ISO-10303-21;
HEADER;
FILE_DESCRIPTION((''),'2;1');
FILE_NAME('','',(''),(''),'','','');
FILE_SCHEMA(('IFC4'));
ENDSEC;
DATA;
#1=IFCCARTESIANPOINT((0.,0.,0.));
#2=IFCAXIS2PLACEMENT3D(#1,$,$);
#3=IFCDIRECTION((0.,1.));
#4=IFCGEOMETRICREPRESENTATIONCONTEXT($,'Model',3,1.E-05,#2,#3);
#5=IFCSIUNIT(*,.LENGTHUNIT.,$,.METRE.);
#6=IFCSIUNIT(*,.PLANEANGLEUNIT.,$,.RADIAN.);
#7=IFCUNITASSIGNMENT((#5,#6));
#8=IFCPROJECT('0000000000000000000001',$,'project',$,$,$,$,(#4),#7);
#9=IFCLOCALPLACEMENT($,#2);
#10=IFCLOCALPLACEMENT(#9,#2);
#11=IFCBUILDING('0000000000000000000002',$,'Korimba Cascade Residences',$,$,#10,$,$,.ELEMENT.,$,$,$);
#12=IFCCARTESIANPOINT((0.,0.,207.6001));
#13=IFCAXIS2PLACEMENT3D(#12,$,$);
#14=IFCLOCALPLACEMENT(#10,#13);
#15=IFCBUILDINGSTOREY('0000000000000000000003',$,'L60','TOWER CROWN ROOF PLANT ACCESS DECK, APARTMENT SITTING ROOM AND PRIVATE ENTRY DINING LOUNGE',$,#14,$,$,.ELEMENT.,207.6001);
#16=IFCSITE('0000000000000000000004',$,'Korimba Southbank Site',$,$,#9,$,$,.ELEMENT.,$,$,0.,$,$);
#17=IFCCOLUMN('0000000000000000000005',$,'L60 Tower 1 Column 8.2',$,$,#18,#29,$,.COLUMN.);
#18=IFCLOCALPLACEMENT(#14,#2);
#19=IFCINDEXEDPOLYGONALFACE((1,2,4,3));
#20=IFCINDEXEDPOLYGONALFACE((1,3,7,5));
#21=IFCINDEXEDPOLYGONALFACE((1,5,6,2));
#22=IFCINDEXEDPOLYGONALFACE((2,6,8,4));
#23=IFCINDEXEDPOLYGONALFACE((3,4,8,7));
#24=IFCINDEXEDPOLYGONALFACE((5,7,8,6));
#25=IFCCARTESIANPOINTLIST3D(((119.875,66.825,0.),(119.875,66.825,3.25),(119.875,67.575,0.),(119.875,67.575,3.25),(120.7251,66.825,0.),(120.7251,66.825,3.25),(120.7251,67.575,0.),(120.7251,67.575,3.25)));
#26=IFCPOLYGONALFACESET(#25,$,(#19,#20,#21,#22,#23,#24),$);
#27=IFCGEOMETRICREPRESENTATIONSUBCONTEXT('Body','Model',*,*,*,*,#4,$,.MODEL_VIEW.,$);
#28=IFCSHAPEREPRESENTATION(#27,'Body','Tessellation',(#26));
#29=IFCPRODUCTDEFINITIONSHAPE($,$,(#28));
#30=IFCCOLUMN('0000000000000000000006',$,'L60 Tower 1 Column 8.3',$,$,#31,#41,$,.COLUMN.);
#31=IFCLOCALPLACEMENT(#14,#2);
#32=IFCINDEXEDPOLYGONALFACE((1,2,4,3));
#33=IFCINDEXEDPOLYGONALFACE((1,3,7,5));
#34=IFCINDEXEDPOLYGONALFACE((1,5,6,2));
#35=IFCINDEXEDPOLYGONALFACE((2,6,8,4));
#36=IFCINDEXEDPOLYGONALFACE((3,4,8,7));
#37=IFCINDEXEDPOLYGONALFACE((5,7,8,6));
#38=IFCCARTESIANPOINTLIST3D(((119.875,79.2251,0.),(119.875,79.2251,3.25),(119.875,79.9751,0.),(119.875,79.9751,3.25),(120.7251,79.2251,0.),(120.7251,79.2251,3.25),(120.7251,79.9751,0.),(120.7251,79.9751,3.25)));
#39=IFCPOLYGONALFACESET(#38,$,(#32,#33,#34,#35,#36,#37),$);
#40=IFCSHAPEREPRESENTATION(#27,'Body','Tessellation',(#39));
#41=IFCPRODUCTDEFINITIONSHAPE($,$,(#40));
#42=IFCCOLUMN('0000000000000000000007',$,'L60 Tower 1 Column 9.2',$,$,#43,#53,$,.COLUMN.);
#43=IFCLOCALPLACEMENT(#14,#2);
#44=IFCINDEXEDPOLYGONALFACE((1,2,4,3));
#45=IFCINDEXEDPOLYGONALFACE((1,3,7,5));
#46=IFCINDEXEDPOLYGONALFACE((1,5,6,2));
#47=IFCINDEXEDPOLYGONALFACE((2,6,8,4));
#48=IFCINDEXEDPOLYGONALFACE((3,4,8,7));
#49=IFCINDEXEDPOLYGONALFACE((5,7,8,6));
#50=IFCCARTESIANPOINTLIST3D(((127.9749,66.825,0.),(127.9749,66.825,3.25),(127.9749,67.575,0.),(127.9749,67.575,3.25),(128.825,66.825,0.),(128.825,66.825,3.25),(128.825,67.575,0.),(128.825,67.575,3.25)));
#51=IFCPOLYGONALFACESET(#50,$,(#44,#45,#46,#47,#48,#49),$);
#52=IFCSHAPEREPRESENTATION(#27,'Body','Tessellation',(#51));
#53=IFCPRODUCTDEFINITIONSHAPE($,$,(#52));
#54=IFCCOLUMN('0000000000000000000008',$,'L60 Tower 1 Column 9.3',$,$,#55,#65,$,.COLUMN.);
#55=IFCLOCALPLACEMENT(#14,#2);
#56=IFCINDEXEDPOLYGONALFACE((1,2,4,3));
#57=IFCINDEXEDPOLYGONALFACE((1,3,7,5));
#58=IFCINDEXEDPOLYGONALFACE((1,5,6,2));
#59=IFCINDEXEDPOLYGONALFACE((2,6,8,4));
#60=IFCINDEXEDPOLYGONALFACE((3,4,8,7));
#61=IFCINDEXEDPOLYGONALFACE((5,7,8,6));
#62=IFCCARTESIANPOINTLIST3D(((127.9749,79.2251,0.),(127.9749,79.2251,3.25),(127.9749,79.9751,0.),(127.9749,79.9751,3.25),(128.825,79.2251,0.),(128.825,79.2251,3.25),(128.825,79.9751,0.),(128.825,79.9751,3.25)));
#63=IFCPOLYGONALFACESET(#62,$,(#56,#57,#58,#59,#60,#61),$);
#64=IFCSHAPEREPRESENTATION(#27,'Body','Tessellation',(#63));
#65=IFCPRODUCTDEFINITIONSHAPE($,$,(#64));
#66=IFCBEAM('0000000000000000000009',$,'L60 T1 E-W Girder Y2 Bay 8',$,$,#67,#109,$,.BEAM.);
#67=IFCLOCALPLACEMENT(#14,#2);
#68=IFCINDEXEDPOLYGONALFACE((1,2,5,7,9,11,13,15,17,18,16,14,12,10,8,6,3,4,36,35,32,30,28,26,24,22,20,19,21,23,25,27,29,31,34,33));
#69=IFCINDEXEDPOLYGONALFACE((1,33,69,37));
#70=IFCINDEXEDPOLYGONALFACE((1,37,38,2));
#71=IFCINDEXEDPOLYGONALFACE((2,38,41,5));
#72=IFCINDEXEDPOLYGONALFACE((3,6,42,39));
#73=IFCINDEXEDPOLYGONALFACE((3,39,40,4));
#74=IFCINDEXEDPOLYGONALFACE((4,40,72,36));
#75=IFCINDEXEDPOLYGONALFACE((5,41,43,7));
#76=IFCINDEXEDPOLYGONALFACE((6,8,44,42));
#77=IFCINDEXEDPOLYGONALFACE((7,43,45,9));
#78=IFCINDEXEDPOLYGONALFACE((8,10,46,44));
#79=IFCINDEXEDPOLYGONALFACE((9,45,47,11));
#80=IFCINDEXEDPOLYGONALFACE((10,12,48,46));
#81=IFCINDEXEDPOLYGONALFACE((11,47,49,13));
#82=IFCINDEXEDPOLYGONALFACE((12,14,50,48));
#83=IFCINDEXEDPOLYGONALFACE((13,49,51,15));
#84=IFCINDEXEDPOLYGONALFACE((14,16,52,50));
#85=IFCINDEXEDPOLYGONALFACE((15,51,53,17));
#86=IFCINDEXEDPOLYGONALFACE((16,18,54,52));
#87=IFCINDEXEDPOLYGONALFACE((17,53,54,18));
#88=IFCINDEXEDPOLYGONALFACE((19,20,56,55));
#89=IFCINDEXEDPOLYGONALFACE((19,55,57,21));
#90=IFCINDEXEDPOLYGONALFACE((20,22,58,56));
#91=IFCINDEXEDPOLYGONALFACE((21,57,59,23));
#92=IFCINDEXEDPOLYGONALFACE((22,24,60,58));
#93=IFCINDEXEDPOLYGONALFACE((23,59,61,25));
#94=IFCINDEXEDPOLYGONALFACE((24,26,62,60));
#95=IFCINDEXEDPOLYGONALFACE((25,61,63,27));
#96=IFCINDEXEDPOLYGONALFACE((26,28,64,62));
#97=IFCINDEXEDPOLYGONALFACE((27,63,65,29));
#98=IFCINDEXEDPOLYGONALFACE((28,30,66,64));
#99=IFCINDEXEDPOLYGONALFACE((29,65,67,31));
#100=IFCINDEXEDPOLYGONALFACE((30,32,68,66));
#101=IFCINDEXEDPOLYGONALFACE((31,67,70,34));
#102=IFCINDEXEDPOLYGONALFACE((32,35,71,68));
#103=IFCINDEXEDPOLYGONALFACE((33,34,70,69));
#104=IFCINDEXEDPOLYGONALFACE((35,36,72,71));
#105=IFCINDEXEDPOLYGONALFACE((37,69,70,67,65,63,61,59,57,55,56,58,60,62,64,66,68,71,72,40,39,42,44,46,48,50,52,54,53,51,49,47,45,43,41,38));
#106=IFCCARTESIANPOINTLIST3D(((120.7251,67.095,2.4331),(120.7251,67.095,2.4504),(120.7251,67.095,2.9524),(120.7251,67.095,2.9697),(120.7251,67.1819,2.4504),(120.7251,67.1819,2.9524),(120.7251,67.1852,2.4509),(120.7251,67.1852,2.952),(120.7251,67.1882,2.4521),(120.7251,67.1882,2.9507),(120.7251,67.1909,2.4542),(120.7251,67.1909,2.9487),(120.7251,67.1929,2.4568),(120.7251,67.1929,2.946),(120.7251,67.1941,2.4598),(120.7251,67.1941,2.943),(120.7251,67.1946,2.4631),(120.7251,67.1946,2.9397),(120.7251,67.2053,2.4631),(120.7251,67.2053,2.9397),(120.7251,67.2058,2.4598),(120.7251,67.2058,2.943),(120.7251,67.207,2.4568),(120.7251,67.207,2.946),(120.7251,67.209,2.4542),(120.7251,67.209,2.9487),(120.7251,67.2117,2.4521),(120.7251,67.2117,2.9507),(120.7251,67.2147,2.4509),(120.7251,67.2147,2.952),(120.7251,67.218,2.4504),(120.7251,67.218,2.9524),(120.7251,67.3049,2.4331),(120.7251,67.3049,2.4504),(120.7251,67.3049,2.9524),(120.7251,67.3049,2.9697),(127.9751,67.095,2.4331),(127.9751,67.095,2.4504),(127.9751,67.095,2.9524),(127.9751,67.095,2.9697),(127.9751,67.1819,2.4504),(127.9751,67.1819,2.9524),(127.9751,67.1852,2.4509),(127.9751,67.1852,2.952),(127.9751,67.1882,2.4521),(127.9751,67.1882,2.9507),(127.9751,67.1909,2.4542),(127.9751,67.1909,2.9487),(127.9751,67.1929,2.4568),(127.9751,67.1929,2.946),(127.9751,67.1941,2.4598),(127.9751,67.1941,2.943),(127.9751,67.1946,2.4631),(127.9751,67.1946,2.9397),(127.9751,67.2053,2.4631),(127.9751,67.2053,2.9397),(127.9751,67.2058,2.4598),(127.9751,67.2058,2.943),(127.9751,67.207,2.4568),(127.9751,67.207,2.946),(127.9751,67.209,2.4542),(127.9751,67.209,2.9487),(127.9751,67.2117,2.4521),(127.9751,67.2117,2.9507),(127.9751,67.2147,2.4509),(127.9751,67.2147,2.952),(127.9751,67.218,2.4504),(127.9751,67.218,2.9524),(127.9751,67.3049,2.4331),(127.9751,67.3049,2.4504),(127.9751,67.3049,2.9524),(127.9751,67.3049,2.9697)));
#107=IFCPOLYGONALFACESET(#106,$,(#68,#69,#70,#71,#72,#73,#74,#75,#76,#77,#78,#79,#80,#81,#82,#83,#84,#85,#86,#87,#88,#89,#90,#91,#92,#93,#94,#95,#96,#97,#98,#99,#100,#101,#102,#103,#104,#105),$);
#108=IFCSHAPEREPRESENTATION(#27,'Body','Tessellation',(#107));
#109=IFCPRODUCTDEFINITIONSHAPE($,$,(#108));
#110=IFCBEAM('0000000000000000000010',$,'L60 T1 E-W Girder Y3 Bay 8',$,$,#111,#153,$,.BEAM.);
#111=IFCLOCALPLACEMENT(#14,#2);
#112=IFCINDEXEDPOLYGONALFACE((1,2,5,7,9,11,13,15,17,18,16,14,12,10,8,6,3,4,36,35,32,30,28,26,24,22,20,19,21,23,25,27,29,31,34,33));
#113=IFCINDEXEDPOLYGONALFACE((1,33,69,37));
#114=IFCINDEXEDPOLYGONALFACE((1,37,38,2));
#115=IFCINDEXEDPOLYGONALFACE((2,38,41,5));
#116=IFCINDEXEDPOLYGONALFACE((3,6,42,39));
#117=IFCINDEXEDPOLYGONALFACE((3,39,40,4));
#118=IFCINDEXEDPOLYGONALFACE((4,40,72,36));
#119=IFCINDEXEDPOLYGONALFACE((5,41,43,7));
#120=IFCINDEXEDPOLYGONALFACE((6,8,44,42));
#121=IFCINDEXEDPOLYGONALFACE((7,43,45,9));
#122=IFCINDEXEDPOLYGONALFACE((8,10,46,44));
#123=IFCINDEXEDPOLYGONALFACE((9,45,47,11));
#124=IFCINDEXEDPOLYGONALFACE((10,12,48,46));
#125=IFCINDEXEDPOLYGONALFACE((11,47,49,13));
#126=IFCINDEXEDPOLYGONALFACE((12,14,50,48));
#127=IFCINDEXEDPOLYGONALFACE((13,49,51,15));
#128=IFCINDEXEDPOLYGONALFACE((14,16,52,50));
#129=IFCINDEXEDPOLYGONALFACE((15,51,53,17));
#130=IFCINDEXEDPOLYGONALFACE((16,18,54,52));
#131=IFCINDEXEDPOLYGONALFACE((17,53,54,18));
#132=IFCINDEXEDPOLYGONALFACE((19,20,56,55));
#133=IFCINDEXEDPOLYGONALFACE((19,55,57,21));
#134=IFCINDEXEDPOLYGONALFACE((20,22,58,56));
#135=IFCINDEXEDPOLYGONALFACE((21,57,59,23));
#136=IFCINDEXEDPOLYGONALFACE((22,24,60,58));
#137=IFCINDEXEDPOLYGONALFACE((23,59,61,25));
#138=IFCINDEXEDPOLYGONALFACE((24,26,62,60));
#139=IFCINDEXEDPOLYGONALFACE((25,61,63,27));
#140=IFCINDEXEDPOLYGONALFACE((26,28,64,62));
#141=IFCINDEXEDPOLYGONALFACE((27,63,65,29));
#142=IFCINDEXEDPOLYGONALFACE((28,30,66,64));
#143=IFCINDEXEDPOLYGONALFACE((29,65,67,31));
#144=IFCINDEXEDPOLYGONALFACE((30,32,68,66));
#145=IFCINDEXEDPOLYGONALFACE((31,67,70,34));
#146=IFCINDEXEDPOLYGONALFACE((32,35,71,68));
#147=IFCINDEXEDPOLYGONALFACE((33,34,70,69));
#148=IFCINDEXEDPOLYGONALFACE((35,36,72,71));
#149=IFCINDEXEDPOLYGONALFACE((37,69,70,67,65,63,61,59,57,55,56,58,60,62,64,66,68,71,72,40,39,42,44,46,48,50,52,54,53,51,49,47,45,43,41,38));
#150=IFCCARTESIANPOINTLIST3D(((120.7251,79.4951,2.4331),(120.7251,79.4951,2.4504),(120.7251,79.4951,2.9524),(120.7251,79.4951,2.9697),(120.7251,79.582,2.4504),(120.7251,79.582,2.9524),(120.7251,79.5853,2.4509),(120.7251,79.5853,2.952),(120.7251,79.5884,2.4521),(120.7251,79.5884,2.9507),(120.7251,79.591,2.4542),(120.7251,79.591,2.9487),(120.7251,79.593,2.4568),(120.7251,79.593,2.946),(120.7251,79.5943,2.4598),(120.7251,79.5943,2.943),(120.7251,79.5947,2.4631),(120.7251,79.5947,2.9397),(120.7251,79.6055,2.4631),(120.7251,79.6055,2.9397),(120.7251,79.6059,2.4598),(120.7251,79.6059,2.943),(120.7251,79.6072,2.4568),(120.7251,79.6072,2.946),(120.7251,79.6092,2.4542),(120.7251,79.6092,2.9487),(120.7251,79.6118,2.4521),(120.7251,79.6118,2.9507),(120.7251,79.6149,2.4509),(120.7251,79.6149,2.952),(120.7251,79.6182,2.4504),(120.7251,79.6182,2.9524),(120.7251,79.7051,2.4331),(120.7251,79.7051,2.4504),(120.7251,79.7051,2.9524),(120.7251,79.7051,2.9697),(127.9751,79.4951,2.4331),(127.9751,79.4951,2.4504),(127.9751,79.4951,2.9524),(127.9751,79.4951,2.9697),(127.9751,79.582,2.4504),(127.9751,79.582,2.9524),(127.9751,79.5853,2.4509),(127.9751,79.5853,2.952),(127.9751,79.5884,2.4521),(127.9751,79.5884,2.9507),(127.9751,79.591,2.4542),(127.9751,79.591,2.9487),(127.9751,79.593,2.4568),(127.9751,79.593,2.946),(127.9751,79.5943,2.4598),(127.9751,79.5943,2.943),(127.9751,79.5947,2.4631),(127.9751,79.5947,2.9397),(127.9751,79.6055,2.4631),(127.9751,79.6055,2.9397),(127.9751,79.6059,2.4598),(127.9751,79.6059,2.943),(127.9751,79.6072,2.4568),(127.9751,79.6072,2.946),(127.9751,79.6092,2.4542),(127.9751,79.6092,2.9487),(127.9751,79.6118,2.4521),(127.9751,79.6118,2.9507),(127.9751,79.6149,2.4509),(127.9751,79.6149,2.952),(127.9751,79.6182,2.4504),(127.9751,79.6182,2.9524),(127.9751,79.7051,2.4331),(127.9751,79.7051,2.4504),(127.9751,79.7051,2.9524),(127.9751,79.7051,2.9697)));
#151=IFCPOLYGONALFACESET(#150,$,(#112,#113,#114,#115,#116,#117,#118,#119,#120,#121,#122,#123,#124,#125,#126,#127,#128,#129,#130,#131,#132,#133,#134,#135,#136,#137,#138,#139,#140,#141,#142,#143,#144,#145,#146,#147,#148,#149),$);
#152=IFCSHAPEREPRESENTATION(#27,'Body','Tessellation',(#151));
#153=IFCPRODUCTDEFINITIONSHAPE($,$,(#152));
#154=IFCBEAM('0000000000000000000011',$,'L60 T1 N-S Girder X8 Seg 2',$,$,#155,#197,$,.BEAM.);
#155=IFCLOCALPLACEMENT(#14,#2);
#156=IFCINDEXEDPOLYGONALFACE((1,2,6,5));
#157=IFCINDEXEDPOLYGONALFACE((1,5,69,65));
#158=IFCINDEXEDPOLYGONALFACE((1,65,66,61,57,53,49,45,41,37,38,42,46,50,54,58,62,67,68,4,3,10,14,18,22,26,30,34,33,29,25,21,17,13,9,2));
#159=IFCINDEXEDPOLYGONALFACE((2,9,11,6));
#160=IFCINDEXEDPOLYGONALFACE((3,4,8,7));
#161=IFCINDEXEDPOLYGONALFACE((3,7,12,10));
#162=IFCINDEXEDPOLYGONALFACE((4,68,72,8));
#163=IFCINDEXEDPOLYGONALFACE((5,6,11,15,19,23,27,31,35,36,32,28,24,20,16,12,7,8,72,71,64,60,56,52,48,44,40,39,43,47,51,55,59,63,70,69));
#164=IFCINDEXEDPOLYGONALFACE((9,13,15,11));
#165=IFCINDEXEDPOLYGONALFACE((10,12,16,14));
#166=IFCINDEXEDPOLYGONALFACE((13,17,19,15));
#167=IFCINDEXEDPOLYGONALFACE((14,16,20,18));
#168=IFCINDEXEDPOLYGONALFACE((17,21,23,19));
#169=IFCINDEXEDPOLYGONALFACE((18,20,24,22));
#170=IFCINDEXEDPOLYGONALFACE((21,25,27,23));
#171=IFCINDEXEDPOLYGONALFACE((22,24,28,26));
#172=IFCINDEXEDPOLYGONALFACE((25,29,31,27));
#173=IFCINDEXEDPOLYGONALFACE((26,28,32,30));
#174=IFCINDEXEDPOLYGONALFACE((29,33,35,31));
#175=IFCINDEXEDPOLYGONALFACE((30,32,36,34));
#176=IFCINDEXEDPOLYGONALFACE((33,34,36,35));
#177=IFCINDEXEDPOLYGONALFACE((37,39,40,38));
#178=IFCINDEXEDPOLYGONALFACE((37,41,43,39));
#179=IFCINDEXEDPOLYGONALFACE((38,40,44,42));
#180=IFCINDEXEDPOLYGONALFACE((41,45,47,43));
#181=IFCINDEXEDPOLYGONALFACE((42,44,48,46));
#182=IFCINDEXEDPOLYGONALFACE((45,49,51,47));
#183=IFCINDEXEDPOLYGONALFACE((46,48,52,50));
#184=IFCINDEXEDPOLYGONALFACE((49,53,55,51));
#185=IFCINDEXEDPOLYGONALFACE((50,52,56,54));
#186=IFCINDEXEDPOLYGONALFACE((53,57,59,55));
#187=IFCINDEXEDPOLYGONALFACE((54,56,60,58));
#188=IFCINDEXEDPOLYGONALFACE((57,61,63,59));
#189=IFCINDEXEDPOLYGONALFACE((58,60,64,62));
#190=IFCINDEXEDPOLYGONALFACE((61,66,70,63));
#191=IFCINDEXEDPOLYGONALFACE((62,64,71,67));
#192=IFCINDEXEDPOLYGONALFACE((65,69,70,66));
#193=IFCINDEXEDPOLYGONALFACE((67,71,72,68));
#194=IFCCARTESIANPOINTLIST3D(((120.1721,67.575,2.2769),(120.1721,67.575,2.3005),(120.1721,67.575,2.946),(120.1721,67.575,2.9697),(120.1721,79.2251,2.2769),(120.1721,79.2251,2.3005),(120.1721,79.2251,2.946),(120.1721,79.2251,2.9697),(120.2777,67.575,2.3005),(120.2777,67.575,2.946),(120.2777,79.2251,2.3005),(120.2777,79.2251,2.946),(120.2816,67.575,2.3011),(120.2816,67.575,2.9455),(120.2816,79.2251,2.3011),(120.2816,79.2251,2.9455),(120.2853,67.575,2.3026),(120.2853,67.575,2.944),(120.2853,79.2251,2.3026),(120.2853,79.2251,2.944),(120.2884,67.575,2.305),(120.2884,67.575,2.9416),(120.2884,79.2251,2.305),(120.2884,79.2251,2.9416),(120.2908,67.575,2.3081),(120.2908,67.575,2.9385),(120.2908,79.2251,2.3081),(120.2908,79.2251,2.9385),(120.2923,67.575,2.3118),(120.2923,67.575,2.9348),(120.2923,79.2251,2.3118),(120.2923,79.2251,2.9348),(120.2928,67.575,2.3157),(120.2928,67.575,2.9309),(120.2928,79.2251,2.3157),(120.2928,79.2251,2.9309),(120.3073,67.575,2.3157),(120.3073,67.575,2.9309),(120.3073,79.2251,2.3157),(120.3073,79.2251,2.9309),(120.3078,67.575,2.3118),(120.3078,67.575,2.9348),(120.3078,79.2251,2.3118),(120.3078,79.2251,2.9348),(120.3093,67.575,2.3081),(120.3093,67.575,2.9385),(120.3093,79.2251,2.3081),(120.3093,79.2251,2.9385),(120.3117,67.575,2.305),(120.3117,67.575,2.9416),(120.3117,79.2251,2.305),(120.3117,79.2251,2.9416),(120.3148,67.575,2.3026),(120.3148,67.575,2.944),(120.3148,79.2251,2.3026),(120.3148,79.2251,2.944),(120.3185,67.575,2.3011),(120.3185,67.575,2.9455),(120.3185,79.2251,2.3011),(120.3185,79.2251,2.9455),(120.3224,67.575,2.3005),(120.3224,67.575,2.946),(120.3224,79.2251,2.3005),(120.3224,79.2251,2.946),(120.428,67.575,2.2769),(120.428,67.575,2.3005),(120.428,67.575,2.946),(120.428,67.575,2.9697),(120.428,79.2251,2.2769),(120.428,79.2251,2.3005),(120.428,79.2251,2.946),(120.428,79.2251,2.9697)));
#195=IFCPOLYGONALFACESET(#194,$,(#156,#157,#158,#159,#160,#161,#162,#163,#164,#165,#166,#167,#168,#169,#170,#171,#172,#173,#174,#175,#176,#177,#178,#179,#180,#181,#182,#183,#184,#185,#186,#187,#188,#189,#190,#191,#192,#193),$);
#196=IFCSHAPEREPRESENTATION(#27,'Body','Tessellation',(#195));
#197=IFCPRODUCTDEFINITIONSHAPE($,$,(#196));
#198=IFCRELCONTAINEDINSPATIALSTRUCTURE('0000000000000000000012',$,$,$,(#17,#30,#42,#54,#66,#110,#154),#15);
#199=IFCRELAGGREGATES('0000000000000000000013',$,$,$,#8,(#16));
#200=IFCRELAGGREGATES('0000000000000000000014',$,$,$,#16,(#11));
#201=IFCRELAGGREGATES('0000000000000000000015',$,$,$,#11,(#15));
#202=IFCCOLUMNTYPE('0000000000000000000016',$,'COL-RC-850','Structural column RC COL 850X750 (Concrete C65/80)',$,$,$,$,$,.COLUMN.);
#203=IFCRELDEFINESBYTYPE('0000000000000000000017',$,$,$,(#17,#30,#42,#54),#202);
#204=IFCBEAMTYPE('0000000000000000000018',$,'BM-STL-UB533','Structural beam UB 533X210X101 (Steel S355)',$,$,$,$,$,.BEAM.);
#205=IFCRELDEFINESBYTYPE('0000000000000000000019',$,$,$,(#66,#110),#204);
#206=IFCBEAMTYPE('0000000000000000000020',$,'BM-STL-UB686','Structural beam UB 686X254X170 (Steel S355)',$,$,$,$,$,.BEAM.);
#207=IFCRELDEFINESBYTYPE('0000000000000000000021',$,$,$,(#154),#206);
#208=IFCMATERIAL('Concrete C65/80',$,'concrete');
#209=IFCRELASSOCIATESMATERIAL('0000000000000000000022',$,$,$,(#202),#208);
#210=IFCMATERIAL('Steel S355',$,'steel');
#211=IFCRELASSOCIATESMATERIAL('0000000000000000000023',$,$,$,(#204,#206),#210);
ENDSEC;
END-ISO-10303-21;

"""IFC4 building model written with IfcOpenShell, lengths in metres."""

from ifc_helpers import new_model, si_unit, direction, frame, origin, origin_2d, place, context, subcontext, project, spatial, rectangle, i_section, extrude, material, material_profile, profile_set, type_object, element, save


model = new_model("IFC4")

# Units and contexts
model_context = context("Model", 3, precision=1e-05, world=origin(), true_north=direction((0.0, 1.0)))
body_context = subcontext(model_context, "Body", "Model", "MODEL_VIEW")
ifc_project = project(units=[si_unit("LENGTHUNIT", "METRE"), si_unit("PLANEANGLEUNIT", "RADIAN")], contexts=[model_context])

# Site, building, storey
site_placement = place(None, origin())
site = spatial("IfcSite", under=ifc_project, at=site_placement, Name="Korimba Southbank Site", CompositionType="ELEMENT", RefElevation=0.0)
building_placement = place(site_placement, origin())
building = spatial("IfcBuilding", under=site, at=building_placement, Name="Korimba Cascade Residences", CompositionType="ELEMENT")
storey_placement = place(building_placement, frame((0.0, 0.0, 207.6001)))
storey = spatial("IfcBuildingStorey", under=building, at=storey_placement, Name="L60", Description="TOWER CROWN ROOF PLANT ACCESS DECK, APARTMENT SITTING ROOM AND PRIVATE ENTRY DINING LOUNGE", CompositionType="ELEMENT", Elevation=207.6001)

# Columns
ifc_material_1 = material(Name="Concrete C65/80", Category="concrete")
ifc_material_profile_1 = material_profile(ifc_material_1, rectangle(XDim=0.8501, YDim=0.75, at=origin_2d()), Name="Concrete C65/80")
ifc_profile_set_1 = profile_set([ifc_material_profile_1], Name="Concrete C65/80")
column_type = type_object("IfcColumnType", Name="COL-RC-850", Description="Structural column RC COL 850X750 (Concrete C65/80)", PredefinedType="COLUMN", material=ifc_profile_set_1)
for number, where, z_axis, x_axis, name in (
    (1, (120.3, 67.2, 0.0), (0.0, 0.0, 1.0), (1.0, 0.0, 0.0), "L60 Tower 1 Column 8.2"),
    (2, (120.3, 79.6001, 0.0), (0.0, 0.0, 1.0), (1.0, 0.0, 0.0), "L60 Tower 1 Column 8.3"),
    (3, (128.3999, 67.2, 0.0), (0.0, 0.0, 1.0), (1.0, 0.0, 0.0), "L60 Tower 1 Column 9.2"),
    (4, (128.3999, 79.6001, 0.0), (0.0, 0.0, 1.0), (1.0, 0.0, 0.0), "L60 Tower 1 Column 9.3"),
):
    element("IfcColumn", number, at=place(storey_placement, frame(where, z_axis=z_axis, x_axis=x_axis)), inside=storey, type_object=column_type, Name=name, PredefinedType="COLUMN", context=body_context, shape_type="SweptSolid", body=[
        extrude(rectangle(XDim=0.8501, YDim=0.75, at=origin_2d()), origin(), (0.0, 0.0, 1.0), 3.25),
    ])

# Beams
ifc_material_2 = material(Name="Steel S355", Category="steel")
ifc_material_profile_2 = material_profile(ifc_material_2, i_section(OverallWidth=0.21, OverallDepth=0.5366, WebThickness=0.0107, FlangeThickness=0.0173, FilletRadius=0.0127, at=origin_2d()), Name="Steel S355")
ifc_profile_set_2 = profile_set([ifc_material_profile_2], Name="Steel S355")
beam_type_1 = type_object("IfcBeamType", Name="BM-STL-UB533", Description="Structural beam UB 533X210X101 (Steel S355)", PredefinedType="BEAM", material=ifc_profile_set_2)
for number, where, z_axis, x_axis, name in (
    (5, (120.7251, 67.2, 2.7014), (1.0, 0.0, 0.0), (0.0, 1.0, 0.0), "L60 T1 E-W Girder Y2 Bay 8"),
    (6, (120.7251, 79.6001, 2.7014), (1.0, 0.0, 0.0), (0.0, 1.0, 0.0), "L60 T1 E-W Girder Y3 Bay 8"),
):
    element("IfcBeam", number, at=place(storey_placement, frame(where, z_axis=z_axis, x_axis=x_axis)), inside=storey, type_object=beam_type_1, Name=name, PredefinedType="BEAM", context=body_context, shape_type="SweptSolid", body=[
        extrude(i_section(OverallWidth=0.21, OverallDepth=0.5366, WebThickness=0.0107, FlangeThickness=0.0173, FilletRadius=0.0127, at=origin_2d()), origin(), (0.0, 0.0, 1.0), 7.25),
    ])
ifc_material_profile_3 = material_profile(ifc_material_2, i_section(OverallWidth=0.2559, OverallDepth=0.6929, WebThickness=0.0144, FlangeThickness=0.0237, FilletRadius=0.0151, at=origin_2d()), Name="Steel S355")
ifc_profile_set_3 = profile_set([ifc_material_profile_3], Name="Steel S355")
beam_type_2 = type_object("IfcBeamType", Name="BM-STL-UB686", Description="Structural beam UB 686X254X170 (Steel S355)", PredefinedType="BEAM", material=ifc_profile_set_3)
beam_1_placement = place(storey_placement, frame((120.3, 67.575, 2.6233), z_axis=(0.0, 1.0, 0.0), x_axis=(-1.0, 0.0, 0.0)))
element("IfcBeam", 7, at=beam_1_placement, inside=storey, type_object=beam_type_2, Name="L60 T1 N-S Girder X8 Seg 2", PredefinedType="BEAM", context=body_context, shape_type="SweptSolid", body=[
    extrude(i_section(OverallWidth=0.2559, OverallDepth=0.6929, WebThickness=0.0144, FlangeThickness=0.0237, FilletRadius=0.0151, at=origin_2d()), origin(), (0.0, 0.0, 1.0), 11.6501),
])

save(model, "model.ifc")
